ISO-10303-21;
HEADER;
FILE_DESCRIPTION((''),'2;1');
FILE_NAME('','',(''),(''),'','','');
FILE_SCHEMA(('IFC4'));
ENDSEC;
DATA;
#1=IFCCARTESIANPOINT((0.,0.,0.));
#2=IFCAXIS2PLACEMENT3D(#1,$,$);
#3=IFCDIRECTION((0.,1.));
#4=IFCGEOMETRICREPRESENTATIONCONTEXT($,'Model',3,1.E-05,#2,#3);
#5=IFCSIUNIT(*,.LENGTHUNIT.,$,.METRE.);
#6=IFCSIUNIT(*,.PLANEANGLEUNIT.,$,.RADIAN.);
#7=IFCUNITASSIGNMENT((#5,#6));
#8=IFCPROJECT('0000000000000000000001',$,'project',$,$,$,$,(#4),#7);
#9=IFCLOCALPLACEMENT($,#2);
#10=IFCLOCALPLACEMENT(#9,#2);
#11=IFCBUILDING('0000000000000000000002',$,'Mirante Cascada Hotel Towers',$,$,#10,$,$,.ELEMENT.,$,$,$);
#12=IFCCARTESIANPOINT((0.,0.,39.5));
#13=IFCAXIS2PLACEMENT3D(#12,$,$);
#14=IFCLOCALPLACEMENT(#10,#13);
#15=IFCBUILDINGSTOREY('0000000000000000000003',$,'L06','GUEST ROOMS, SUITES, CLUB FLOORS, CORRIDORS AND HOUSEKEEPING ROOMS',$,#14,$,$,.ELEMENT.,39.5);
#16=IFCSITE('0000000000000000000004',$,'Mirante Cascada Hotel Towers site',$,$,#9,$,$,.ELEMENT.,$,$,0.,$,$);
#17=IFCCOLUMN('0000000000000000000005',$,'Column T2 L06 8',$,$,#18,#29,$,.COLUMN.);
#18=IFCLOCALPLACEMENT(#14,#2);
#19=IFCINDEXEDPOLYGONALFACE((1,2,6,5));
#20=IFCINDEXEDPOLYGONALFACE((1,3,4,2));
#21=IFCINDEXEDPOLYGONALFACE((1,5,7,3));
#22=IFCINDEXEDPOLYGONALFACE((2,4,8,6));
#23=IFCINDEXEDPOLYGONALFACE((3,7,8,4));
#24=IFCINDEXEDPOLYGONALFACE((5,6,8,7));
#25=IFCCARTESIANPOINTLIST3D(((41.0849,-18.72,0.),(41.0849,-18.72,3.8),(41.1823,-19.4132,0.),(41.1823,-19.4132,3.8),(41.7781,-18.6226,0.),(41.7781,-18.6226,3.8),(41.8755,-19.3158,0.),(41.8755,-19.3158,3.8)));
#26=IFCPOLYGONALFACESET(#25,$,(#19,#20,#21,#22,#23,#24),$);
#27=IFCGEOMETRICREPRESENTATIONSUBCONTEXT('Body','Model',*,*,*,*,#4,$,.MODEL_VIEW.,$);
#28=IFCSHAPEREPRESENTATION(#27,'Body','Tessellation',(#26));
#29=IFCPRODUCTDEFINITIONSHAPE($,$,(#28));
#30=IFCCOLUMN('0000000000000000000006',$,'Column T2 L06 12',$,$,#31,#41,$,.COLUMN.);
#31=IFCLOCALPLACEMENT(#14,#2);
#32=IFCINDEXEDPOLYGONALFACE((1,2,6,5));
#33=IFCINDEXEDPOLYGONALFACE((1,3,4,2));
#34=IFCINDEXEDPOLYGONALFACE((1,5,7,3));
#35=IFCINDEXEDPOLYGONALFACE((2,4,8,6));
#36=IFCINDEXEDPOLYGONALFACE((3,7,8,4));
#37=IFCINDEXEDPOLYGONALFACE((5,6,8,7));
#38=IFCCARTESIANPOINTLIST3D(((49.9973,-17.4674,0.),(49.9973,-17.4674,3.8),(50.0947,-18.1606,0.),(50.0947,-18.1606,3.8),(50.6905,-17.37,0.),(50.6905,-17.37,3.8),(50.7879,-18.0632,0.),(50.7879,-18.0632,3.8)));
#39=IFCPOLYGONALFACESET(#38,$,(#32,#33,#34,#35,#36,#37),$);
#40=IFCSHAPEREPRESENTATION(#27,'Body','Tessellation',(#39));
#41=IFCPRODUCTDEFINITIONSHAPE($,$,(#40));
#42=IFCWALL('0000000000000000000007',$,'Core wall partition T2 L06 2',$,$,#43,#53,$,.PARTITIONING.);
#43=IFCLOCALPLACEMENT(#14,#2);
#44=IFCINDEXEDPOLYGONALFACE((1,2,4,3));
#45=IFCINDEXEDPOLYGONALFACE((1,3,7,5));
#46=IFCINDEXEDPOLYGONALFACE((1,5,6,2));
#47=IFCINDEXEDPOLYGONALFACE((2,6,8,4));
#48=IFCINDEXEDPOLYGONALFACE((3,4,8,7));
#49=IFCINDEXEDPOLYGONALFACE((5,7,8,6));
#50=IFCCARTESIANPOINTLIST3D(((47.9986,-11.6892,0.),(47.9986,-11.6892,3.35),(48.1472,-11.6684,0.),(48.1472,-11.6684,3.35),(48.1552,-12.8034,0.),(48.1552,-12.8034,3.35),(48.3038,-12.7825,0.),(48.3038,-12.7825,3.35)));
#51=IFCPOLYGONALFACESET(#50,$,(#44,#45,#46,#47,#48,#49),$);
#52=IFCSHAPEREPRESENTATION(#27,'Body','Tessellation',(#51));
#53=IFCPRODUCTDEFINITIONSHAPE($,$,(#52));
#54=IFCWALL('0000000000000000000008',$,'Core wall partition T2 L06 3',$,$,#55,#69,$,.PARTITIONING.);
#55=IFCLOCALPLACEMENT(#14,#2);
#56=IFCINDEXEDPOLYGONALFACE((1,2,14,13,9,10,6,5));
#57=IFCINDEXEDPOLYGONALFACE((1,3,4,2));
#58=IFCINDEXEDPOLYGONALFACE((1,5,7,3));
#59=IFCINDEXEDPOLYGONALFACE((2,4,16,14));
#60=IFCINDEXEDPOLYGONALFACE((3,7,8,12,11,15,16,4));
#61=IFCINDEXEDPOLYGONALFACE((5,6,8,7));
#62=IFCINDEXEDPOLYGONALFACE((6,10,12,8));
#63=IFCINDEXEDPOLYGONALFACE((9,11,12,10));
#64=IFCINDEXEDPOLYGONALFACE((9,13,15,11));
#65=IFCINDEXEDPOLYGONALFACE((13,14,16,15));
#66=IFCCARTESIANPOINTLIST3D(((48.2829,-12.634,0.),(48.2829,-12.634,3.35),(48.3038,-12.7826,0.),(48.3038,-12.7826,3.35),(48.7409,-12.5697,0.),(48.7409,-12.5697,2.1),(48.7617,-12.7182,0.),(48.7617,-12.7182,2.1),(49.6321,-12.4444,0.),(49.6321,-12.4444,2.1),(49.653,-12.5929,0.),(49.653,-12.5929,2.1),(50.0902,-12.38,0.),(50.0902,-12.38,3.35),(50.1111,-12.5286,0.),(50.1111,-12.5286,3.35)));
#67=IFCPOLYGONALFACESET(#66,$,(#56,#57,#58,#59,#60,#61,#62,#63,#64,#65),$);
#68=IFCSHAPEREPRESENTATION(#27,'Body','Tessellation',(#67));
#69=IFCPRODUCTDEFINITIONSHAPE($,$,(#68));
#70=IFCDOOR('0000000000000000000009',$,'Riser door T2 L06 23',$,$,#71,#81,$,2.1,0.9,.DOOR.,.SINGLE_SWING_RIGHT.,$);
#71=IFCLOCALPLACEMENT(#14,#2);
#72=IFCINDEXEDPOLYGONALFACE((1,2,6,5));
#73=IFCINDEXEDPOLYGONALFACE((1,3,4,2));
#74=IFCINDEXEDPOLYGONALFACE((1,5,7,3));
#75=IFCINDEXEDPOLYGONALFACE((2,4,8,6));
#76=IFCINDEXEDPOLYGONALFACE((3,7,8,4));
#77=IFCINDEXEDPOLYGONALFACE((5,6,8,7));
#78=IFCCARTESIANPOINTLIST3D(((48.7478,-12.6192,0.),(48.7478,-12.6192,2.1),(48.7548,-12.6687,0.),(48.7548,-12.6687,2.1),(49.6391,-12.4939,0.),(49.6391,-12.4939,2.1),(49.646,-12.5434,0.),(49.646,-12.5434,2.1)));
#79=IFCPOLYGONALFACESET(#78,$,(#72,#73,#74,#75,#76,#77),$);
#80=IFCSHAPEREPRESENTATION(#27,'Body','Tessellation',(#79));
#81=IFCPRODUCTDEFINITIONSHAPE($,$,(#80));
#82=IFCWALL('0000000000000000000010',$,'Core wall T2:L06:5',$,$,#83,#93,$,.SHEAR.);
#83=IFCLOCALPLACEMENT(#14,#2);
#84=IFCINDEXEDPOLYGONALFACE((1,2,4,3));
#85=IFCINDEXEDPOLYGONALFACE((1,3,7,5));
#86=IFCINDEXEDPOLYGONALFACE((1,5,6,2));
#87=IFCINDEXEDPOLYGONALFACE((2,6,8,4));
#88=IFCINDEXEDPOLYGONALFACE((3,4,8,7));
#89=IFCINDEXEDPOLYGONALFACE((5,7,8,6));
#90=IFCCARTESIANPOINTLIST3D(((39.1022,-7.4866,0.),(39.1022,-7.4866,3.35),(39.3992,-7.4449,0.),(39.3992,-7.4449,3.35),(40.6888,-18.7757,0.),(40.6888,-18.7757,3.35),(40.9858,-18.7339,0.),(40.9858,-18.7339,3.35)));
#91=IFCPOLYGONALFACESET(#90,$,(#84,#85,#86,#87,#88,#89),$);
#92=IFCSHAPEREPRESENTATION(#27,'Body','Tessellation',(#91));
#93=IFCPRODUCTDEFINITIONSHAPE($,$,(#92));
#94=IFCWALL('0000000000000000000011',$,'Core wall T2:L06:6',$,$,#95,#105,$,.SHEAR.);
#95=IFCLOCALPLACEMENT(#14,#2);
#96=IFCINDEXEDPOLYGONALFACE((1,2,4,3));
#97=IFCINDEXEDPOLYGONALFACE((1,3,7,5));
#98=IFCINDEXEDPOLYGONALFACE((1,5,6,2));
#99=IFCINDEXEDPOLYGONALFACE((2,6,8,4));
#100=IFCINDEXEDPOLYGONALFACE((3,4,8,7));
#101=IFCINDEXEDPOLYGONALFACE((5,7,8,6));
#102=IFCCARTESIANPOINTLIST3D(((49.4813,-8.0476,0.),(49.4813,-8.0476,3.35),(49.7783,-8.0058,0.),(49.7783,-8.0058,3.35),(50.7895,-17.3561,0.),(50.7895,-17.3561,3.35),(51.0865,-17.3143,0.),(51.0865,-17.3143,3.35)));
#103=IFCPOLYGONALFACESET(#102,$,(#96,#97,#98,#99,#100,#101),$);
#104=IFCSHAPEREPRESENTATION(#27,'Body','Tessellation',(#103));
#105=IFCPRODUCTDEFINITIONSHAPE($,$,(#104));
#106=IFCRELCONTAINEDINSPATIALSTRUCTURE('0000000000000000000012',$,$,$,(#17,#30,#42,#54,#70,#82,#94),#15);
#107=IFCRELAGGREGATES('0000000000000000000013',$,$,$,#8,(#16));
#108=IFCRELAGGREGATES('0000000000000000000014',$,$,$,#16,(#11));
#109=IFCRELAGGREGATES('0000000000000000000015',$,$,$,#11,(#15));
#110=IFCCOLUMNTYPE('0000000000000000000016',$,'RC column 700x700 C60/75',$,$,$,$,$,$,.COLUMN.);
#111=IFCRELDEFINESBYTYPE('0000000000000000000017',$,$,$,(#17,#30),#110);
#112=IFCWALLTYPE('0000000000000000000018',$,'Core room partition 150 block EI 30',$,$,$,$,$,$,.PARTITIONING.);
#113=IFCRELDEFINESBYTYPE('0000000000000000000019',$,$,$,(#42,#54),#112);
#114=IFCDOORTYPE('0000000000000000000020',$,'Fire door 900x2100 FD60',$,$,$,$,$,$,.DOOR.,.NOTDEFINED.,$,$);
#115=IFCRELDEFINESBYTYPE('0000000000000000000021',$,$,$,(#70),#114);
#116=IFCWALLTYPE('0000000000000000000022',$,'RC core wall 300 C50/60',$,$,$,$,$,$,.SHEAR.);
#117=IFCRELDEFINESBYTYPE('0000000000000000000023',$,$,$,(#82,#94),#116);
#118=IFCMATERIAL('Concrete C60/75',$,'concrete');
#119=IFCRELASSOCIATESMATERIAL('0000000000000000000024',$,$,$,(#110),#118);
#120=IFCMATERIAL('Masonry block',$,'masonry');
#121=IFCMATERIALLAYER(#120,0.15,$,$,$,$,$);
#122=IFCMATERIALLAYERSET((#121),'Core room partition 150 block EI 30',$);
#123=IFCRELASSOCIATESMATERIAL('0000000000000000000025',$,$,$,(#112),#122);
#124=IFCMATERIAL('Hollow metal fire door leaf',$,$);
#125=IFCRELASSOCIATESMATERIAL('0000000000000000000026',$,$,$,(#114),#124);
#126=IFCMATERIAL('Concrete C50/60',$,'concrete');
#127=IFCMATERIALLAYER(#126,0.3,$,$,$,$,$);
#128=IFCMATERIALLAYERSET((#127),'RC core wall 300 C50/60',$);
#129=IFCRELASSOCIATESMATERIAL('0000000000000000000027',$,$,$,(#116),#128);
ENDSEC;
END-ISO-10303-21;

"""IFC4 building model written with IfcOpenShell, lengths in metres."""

from ifc_helpers import new_model, si_unit, direction, frame, frame_2d, origin, origin_2d, place, context, subcontext, project, spatial, rectangle, extrude, material, layer, layer_set, material_profile, profile_set, type_object, element, fill, save


model = new_model("IFC4")

# Units and contexts
model_context = context("Model", 3, precision=1e-05, world=origin(), true_north=direction((0.0, 1.0)))
body_context = subcontext(model_context, "Body", "Model", "MODEL_VIEW")
ifc_project = project(units=[si_unit("LENGTHUNIT", "METRE"), si_unit("PLANEANGLEUNIT", "RADIAN")], contexts=[model_context])

# Site, building, storey
site_placement = place(None, origin())
site = spatial("IfcSite", under=ifc_project, at=site_placement, Name="Mirante Cascada Hotel Towers site", CompositionType="ELEMENT", RefElevation=0.0)
building_placement = place(site_placement, origin())
building = spatial("IfcBuilding", under=site, at=building_placement, Name="Mirante Cascada Hotel Towers", CompositionType="ELEMENT")
storey_placement = place(building_placement, frame((0.0, 0.0, 39.5)))
storey = spatial("IfcBuildingStorey", under=building, at=storey_placement, Name="L06", Description="GUEST ROOMS, SUITES, CLUB FLOORS, CORRIDORS AND HOUSEKEEPING ROOMS", CompositionType="ELEMENT", Elevation=39.5)

# Columns
ifc_material_1 = material(Name="Concrete C60/75", Category="concrete")
ifc_material_profile = material_profile(ifc_material_1, rectangle(XDim=0.7, YDim=0.7, at=origin_2d()), Name="RC column 700x700 C60/75")
ifc_profile_set = profile_set([ifc_material_profile], Name="Concrete C60/75")
column_type = type_object("IfcColumnType", Name="RC column 700x700 C60/75", PredefinedType="COLUMN", material=ifc_profile_set)
for number, where, z_axis, x_axis, name in (
    (1, (41.4802, -19.0179, 0.0), (0.0, 0.0, 1.0), (0.990268, 0.139173, 0.0), "Column T2 L06 8"),
    (2, (50.3926, -17.7653, 0.0), (0.0, 0.0, 1.0), (0.990268, 0.139173, 0.0), "Column T2 L06 12"),
):
    element("IfcColumn", number, at=place(storey_placement, frame(where, z_axis=z_axis, x_axis=x_axis)), inside=storey, type_object=column_type, Name=name, PredefinedType="COLUMN", context=body_context, shape_type="SweptSolid", body=[
        extrude(rectangle(XDim=0.7, YDim=0.7, at=origin_2d()), origin(), (0.0, 0.0, 1.0), 3.8),
    ])

# Wall
ifc_material_2 = material(Name="Masonry block", Category="masonry")
ifc_layer_1 = layer(ifc_material_2, 0.15)
ifc_layer_set_1 = layer_set([ifc_layer_1], Name="Core room partition 150 block EI 30")
wall_type_1 = type_object("IfcWallType", Name="Core room partition 150 block EI 30", PredefinedType="PARTITIONING", material=ifc_layer_set_1)
wall_1_placement = place(storey_placement, frame((48.2295, -12.793, 0.0), z_axis=(0.0, 0.0, 1.0), x_axis=(-0.139193, 0.990265, 0.0)))
element("IfcWall", 3, at=wall_1_placement, inside=storey, type_object=wall_type_1, Name="Core wall partition T2 L06 2", PredefinedType="PARTITIONING", context=body_context, shape_type="SweptSolid", body=[
    extrude(rectangle(XDim=1.1251, YDim=0.15, at=frame_2d((0.5626, 0.0))), origin(), (0.0, 0.0, 1.0), 3.35),
])

# Wall, opening, door
wall_2_placement = place(storey_placement, frame((48.2933, -12.7083, 0.0), z_axis=(0.0, 0.0, 1.0), x_axis=(0.990268, 0.139173, 0.0)))
wall_2 = element("IfcWall", 4, at=wall_2_placement, inside=storey, type_object=wall_type_1, Name="Core wall partition T2 L06 3", PredefinedType="PARTITIONING", context=body_context, shape_type="SweptSolid", body=[
    extrude(rectangle(XDim=1.8251, YDim=0.15, at=frame_2d((0.9126, 0.0))), origin(), (0.0, 0.0, 1.0), 3.35),
])
opening_1_placement = place(wall_2_placement, frame((0.4625, 0.0, 0.0)))
opening_1 = element("IfcOpeningElement", 5, at=opening_1_placement, cuts=wall_2, PredefinedType="OPENING", context=body_context, shape_type="SweptSolid", body=[
    extrude(rectangle(XDim=0.9, YDim=2.1, at=frame_2d((0.45, 1.05))), frame((0.0, 0.075, 0.0), z_axis=(0.0, -1.0, 0.0), x_axis=(1.0, 0.0, 0.0)), (0.0, 0.0, 1.0), 0.15),
])
ifc_material_3 = material(Name="Hollow metal fire door leaf")
door_type_1 = type_object("IfcDoorType", Name="Fire door 900x2100 FD60", OperationType="NOTDEFINED", PredefinedType="DOOR", material=ifc_material_3)
door_1_placement = place(opening_1_placement, frame((0.9, 0.0, 0.0), z_axis=(0.0, 0.0, 1.0), x_axis=(-1.0, 0.0, 0.0)))
door_1 = element("IfcDoor", 6, at=door_1_placement, inside=storey, type_object=door_type_1, Name="Riser door T2 L06 23", OperationType="SINGLE_SWING_RIGHT", OverallHeight=2.1, OverallWidth=0.9, PredefinedType="DOOR", context=body_context, shape_type="SweptSolid", body=[
    extrude(rectangle(XDim=0.9, YDim=2.1, at=frame_2d((0.45, 1.05))), frame((0.0, 0.025, 0.0), z_axis=(0.0, -1.0, 0.0), x_axis=(1.0, 0.0, 0.0)), (0.0, 0.0, 1.0), 0.05),
])
fill(opening_1, door_1)

# Walls
ifc_material_4 = material(Name="Concrete C50/60", Category="concrete")
ifc_layer_2 = layer(ifc_material_4, 0.3)
ifc_layer_set_2 = layer_set([ifc_layer_2], Name="RC core wall 300 C50/60")
wall_type_2 = type_object("IfcWallType", Name="RC core wall 300 C50/60", PredefinedType="SHEAR", material=ifc_layer_set_2)
wall_3_placement = place(storey_placement, frame((40.8373, -18.7548, 0.0), z_axis=(0.0, 0.0, 1.0), x_axis=(-0.139175, 0.990268, 0.0)))
element("IfcWall", 7, at=wall_3_placement, inside=storey, type_object=wall_type_2, Name="Core wall T2:L06:5", PredefinedType="SHEAR", context=body_context, shape_type="SweptSolid", body=[
    extrude(rectangle(XDim=11.4, YDim=0.3, at=frame_2d((5.7, 0.0))), origin(), (0.0, 0.0, 1.0), 3.35),
])
wall_4_placement = place(storey_placement, frame((50.938, -17.3352, 0.0), z_axis=(0.0, 0.0, 1.0), x_axis=(-0.139171, 0.990268, 0.0)))
element("IfcWall", 8, at=wall_4_placement, inside=storey, type_object=wall_type_2, Name="Core wall T2:L06:6", PredefinedType="SHEAR", context=body_context, shape_type="SweptSolid", body=[
    extrude(rectangle(XDim=9.4, YDim=0.3, at=frame_2d((4.7, 0.0))), origin(), (0.0, 0.0, 1.0), 3.35),
])

save(model, "model.ifc")
